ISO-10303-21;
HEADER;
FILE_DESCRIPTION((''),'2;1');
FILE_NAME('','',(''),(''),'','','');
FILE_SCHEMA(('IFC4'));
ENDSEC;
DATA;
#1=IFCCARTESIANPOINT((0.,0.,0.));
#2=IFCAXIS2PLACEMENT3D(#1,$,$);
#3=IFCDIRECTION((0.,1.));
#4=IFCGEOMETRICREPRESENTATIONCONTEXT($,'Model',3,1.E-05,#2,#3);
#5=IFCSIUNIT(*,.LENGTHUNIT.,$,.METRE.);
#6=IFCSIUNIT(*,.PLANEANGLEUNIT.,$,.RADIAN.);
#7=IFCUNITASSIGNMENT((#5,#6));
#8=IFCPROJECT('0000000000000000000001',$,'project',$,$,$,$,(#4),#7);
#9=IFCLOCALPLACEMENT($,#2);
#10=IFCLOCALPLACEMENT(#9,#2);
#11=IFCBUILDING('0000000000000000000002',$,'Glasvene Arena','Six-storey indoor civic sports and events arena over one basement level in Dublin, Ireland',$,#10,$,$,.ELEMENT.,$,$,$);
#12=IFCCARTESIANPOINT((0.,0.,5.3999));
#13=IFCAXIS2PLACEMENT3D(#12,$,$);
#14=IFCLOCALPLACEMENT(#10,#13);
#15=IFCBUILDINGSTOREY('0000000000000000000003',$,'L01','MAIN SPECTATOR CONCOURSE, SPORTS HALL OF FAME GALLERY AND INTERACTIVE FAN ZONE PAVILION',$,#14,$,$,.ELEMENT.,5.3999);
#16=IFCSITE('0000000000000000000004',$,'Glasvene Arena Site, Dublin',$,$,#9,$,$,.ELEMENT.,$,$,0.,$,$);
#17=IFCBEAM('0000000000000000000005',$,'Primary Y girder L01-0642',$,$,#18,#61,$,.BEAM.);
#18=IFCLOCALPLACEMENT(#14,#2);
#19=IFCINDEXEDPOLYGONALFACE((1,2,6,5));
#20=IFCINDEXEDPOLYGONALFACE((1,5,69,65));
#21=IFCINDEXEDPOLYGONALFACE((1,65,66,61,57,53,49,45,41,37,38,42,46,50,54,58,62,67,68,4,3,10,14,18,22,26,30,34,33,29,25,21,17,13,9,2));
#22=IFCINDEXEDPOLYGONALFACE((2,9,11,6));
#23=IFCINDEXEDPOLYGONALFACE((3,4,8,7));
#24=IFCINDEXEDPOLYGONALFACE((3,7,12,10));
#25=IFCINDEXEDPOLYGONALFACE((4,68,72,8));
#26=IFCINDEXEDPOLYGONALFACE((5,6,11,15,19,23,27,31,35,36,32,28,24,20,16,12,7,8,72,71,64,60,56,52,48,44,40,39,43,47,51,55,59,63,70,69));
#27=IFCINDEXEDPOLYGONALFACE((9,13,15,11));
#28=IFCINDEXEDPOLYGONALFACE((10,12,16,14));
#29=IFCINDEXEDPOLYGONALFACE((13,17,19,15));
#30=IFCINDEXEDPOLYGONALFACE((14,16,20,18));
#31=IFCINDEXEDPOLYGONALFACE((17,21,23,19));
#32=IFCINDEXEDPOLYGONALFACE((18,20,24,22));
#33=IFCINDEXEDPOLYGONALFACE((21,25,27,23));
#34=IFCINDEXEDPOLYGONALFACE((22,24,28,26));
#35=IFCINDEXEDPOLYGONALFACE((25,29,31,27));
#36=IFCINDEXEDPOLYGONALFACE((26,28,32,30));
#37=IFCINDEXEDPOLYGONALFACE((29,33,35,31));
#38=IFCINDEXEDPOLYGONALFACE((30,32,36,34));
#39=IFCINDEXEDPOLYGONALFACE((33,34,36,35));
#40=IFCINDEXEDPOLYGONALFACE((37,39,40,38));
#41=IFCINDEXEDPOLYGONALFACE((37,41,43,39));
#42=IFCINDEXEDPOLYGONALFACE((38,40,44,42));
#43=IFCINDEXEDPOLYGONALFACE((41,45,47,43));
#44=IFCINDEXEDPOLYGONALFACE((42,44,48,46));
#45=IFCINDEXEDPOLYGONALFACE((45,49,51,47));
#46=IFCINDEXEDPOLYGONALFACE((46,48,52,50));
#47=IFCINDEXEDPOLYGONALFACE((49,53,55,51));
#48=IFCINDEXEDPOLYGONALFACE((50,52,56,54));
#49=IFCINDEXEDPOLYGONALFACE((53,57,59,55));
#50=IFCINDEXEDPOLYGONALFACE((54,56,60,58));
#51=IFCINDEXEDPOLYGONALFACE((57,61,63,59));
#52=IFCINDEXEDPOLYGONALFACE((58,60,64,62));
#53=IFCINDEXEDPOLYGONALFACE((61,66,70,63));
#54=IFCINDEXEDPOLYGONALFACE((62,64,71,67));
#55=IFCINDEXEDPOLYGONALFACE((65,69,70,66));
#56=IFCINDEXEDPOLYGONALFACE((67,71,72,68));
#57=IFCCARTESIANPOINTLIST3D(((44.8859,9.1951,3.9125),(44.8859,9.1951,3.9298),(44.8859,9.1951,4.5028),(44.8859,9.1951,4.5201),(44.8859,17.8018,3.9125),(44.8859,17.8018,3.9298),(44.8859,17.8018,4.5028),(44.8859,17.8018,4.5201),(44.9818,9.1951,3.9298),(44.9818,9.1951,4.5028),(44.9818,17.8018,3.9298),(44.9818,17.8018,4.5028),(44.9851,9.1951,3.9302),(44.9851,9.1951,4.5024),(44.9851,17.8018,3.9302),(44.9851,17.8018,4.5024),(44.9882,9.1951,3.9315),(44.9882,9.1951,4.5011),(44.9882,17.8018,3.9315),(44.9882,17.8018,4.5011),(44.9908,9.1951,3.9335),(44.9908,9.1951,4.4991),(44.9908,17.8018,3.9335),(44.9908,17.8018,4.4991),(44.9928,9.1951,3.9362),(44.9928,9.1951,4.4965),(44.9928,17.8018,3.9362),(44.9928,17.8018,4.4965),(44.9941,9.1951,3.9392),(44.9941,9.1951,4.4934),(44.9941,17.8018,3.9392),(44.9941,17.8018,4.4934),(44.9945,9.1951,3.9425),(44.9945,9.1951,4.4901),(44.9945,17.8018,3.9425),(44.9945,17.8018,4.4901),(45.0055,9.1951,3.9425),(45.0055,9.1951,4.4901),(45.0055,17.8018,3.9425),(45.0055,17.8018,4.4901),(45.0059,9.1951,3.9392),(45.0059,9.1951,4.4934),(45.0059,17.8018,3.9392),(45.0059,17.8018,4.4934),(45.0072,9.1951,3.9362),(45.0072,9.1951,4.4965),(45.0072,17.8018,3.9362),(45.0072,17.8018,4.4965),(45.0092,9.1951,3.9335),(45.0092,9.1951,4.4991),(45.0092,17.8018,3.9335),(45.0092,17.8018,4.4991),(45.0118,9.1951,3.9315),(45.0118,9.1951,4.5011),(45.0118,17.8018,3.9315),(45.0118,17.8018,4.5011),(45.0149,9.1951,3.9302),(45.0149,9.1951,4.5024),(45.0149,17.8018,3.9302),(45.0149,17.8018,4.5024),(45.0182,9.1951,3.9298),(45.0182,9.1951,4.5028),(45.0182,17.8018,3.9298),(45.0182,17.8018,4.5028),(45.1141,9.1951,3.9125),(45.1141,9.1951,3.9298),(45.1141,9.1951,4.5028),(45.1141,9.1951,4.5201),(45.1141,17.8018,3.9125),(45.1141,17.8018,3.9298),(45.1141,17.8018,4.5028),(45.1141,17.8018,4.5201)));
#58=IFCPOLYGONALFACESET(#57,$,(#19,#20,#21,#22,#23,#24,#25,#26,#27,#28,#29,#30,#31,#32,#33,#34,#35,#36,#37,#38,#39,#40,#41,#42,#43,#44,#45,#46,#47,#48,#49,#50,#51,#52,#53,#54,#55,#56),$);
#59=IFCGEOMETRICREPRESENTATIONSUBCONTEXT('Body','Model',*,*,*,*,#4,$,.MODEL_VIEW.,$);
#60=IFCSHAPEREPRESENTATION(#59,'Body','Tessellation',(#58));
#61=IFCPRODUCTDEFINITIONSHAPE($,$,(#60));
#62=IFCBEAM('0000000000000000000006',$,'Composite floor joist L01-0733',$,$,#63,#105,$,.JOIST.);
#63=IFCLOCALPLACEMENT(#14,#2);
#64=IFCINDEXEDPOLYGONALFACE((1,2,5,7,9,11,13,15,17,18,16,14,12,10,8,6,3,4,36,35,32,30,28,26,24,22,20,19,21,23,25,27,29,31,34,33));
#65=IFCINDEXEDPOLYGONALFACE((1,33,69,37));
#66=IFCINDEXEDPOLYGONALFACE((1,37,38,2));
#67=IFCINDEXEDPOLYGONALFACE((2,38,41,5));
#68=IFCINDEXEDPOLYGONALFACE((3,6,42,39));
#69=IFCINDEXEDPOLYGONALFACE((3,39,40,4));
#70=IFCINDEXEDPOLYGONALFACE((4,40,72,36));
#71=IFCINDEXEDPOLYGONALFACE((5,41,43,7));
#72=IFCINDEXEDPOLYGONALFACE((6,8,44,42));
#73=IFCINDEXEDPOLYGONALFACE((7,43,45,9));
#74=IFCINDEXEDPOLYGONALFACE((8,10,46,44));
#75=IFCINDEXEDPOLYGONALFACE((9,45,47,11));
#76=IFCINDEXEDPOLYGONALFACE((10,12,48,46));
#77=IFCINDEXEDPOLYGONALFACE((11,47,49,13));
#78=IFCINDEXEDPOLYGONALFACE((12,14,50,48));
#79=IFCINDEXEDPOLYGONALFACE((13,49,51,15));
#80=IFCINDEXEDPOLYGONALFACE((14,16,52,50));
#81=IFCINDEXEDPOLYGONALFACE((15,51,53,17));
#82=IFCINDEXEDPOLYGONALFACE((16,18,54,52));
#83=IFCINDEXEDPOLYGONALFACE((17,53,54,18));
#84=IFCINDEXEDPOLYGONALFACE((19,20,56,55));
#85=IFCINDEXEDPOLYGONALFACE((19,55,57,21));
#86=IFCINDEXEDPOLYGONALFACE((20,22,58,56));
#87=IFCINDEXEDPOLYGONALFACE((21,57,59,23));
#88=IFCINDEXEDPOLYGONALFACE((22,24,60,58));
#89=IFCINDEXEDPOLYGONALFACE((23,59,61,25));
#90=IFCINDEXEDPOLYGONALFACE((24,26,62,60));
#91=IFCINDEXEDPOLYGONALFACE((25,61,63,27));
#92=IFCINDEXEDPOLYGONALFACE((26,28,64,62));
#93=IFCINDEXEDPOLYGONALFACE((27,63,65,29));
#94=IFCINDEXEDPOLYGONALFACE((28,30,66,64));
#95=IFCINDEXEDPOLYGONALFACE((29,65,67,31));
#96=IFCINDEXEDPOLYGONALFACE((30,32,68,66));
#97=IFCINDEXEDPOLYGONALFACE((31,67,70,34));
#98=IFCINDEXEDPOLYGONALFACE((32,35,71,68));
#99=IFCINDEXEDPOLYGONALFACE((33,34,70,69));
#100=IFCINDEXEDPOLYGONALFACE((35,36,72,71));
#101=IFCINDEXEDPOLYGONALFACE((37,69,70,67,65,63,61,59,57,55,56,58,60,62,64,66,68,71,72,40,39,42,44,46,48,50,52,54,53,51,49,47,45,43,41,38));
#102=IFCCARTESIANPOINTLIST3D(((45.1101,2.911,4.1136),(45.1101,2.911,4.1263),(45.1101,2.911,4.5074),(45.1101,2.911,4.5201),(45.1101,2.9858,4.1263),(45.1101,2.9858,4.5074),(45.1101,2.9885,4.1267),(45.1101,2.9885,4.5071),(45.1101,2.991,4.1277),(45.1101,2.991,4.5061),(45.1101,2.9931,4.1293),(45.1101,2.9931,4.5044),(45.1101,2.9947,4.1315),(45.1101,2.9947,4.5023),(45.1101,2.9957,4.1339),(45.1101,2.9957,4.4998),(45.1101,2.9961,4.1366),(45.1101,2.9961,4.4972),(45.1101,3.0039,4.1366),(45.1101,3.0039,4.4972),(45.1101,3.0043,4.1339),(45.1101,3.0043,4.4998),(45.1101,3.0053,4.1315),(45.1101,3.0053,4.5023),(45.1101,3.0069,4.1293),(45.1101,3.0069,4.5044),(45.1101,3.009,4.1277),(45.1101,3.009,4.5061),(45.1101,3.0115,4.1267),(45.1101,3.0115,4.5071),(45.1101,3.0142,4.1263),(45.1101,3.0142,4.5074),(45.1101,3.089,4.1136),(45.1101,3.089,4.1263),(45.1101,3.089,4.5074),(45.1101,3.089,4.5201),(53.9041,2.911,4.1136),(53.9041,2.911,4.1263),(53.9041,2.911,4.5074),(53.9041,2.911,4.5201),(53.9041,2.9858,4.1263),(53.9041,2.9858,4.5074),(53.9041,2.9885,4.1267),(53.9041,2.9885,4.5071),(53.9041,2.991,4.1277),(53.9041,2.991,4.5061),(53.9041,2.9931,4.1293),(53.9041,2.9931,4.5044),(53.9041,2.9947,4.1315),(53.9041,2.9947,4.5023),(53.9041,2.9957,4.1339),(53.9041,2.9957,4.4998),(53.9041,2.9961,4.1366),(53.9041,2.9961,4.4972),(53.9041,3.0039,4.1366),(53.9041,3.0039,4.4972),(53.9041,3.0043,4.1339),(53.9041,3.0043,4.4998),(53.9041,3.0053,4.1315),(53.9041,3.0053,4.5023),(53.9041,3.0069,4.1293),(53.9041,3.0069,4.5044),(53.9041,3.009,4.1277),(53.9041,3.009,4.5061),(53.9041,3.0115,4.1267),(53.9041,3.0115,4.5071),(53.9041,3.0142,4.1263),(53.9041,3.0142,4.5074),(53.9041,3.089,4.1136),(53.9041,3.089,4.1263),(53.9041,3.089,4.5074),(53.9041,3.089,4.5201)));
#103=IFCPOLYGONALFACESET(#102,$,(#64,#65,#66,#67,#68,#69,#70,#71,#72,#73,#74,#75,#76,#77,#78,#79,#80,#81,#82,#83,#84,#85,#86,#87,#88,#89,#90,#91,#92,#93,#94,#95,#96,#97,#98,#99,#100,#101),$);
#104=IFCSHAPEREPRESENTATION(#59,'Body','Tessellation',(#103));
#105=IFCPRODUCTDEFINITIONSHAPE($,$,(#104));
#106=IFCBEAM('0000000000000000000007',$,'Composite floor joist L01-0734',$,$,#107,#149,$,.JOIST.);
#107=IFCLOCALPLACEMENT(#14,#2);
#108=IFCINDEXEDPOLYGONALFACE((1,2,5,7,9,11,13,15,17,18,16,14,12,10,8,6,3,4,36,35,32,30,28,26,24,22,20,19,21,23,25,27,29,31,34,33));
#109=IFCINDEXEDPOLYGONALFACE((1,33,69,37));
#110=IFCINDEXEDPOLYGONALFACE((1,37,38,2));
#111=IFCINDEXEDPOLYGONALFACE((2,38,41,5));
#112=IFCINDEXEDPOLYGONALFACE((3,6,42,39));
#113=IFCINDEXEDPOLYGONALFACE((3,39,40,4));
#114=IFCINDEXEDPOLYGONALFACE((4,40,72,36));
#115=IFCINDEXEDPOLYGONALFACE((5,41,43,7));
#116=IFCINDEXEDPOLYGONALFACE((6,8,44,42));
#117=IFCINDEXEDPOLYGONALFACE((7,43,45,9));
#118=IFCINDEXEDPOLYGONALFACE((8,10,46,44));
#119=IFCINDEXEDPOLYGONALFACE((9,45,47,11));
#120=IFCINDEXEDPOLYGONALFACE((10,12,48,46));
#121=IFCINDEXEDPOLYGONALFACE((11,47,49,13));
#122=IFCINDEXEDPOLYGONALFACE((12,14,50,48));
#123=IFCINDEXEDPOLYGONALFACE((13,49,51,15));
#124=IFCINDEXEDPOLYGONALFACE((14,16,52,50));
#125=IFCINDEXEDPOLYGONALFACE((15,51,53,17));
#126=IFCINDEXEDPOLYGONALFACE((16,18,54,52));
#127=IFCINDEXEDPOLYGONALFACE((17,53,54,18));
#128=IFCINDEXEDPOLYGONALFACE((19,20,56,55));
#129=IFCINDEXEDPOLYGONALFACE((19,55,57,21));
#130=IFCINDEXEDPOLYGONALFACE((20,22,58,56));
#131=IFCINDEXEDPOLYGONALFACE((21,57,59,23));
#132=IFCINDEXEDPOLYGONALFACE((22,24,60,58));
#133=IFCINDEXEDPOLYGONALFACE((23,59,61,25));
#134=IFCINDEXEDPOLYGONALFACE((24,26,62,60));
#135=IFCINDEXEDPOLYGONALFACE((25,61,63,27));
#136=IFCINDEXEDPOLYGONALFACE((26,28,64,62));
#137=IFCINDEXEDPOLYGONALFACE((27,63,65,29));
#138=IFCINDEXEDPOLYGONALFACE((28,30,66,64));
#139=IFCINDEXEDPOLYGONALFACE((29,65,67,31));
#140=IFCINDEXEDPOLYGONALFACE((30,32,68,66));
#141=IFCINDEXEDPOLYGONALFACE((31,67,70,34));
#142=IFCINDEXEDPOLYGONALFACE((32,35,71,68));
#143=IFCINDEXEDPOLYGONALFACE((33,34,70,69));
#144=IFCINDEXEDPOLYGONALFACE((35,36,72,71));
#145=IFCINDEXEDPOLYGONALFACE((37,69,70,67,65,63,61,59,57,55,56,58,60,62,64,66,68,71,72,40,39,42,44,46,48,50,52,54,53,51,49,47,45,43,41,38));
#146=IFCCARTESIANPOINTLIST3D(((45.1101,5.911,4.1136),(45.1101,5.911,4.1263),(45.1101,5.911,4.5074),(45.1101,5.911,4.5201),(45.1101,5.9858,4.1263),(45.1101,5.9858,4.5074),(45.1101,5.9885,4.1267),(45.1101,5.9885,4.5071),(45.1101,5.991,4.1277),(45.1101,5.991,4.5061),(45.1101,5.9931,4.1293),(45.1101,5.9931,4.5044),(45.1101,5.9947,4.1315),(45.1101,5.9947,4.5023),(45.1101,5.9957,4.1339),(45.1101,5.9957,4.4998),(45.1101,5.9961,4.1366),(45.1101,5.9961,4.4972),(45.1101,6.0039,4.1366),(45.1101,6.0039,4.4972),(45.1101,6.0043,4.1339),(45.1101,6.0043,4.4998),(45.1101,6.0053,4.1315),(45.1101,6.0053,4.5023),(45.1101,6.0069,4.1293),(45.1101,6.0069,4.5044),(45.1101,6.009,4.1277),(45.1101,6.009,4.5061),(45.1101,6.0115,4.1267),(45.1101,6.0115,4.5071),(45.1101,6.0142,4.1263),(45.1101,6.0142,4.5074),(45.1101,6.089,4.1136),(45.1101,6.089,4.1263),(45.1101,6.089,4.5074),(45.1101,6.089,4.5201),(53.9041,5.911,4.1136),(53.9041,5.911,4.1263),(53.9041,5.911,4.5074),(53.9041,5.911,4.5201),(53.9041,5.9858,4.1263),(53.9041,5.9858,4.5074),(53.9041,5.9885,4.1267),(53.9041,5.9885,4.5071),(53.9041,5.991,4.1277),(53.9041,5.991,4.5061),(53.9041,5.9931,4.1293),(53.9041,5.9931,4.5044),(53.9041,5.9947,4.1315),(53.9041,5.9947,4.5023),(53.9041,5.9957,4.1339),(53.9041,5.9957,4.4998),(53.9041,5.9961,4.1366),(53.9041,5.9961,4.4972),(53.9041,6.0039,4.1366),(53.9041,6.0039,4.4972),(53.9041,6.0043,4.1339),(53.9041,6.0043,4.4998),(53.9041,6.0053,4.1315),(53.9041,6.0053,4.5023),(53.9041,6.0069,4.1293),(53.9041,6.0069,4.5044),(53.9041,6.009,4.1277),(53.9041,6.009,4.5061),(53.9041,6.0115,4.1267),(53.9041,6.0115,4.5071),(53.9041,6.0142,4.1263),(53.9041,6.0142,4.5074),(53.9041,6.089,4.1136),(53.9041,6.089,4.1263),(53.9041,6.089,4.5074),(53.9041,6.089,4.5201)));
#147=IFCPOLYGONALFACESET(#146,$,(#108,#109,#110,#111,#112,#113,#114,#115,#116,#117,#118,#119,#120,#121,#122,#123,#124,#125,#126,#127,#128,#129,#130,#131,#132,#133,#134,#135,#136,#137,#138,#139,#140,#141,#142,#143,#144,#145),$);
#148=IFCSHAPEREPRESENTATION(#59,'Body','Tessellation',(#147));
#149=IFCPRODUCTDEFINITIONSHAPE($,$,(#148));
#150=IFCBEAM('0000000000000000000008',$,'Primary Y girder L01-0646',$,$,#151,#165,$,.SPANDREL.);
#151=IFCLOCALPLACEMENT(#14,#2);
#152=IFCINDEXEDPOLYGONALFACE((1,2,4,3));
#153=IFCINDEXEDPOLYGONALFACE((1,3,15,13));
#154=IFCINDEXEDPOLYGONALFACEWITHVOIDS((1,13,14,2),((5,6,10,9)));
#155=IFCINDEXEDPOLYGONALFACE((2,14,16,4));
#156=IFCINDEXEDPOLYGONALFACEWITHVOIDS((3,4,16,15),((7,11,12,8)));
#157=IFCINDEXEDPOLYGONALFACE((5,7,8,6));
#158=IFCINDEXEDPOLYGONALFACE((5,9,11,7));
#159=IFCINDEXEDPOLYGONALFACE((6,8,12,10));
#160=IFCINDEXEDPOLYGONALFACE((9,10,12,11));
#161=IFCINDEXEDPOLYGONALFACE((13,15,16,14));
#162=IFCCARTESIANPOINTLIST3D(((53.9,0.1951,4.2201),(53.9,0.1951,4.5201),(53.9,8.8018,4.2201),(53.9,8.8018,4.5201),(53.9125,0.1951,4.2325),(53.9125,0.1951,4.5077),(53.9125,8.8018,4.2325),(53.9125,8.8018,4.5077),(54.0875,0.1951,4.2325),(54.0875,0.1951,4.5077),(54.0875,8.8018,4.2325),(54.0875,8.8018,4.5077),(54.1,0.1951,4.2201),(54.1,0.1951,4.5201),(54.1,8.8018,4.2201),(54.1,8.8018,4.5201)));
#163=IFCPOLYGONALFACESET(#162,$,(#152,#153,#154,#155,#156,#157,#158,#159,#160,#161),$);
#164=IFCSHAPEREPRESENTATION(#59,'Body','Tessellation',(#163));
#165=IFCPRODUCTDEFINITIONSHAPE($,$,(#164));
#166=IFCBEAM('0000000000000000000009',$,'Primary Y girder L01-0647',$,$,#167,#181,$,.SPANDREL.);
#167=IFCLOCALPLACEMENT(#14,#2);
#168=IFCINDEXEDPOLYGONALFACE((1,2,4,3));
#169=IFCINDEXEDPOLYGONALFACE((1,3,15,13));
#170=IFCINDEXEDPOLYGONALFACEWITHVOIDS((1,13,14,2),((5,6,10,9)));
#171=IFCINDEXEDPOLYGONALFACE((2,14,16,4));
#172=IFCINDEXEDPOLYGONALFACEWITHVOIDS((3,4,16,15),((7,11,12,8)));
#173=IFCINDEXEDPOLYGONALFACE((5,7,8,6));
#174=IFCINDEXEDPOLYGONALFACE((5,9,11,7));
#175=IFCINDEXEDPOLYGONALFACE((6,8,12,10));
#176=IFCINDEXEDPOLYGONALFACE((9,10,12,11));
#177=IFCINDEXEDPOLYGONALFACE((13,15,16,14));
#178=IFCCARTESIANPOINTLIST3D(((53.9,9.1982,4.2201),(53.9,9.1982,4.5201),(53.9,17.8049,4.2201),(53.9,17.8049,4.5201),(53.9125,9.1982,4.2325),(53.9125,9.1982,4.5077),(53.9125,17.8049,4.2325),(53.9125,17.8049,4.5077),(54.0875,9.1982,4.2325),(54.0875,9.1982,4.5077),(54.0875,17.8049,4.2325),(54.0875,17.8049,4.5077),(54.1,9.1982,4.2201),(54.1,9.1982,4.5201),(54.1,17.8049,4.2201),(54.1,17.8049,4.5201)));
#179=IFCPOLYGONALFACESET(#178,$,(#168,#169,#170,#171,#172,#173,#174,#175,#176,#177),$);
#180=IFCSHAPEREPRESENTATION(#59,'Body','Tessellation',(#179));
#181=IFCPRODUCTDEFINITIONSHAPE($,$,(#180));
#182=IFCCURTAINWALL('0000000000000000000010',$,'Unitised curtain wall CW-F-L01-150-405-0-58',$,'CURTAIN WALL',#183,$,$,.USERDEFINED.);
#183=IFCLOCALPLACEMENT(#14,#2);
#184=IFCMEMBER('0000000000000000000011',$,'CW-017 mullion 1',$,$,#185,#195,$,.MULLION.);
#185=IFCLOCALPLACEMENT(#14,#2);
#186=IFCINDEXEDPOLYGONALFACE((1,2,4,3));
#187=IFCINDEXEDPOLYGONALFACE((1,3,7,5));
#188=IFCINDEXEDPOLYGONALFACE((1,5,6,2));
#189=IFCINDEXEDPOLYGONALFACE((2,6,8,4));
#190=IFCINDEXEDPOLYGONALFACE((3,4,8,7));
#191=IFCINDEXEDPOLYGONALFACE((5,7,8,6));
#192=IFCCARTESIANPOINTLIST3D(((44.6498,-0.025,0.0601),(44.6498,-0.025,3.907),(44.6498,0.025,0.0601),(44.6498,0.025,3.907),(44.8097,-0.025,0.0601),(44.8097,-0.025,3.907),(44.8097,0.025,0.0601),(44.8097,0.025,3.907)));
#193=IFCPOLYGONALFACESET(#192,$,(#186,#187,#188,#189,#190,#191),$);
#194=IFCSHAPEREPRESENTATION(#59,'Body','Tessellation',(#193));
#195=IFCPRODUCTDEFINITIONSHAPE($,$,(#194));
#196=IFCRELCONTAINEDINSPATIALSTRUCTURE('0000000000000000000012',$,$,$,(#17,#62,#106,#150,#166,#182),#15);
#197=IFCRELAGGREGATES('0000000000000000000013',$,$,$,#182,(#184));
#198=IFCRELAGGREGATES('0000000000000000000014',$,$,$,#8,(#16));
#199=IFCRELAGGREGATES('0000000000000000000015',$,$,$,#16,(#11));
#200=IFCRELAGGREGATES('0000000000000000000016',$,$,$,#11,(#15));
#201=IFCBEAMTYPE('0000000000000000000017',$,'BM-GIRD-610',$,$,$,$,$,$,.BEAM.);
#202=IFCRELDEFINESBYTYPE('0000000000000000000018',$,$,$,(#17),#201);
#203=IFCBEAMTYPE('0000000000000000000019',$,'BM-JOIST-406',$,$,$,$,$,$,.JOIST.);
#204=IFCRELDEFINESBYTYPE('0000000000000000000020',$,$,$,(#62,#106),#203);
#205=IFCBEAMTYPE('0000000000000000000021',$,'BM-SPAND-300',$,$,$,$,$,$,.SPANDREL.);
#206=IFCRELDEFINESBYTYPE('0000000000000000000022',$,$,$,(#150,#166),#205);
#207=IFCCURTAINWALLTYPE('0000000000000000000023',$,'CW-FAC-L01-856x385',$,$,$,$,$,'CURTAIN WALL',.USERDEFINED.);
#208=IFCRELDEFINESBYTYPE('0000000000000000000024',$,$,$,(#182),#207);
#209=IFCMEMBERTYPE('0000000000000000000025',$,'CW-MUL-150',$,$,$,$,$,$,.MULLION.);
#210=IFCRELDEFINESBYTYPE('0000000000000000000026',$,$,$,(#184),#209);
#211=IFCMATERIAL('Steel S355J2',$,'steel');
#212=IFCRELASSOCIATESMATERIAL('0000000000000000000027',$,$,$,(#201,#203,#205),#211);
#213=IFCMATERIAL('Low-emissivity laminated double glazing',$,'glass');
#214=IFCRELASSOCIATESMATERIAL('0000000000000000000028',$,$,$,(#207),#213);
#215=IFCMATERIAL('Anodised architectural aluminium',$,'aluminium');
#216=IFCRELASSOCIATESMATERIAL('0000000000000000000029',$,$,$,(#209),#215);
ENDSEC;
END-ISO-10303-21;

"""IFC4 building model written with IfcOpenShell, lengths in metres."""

from ifc_helpers import new_model, si_unit, direction, frame, origin, origin_2d, place, context, subcontext, project, spatial, rectangle, hollow_rectangle, i_section, extrude, material, material_profile, profile_set, type_object, element, aggregate, save


model = new_model("IFC4")

# Units and contexts
model_context = context("Model", 3, precision=1e-05, world=origin(), true_north=direction((0.0, 1.0)))
body_context = subcontext(model_context, "Body", "Model", "MODEL_VIEW")
ifc_project = project(units=[si_unit("LENGTHUNIT", "METRE"), si_unit("PLANEANGLEUNIT", "RADIAN")], contexts=[model_context])

# Site, building, storey
site_placement = place(None, origin())
site = spatial("IfcSite", under=ifc_project, at=site_placement, Name="Glasvene Arena Site, Dublin", CompositionType="ELEMENT", RefElevation=0.0)
building_placement = place(site_placement, origin())
building = spatial("IfcBuilding", under=site, at=building_placement, Name="Glasvene Arena", Description="Six-storey indoor civic sports and events arena over one basement level in Dublin, Ireland", CompositionType="ELEMENT")
storey_placement = place(building_placement, frame((0.0, 0.0, 5.3999)))
storey = spatial("IfcBuildingStorey", under=building, at=storey_placement, Name="L01", Description="MAIN SPECTATOR CONCOURSE, SPORTS HALL OF FAME GALLERY AND INTERACTIVE FAN ZONE PAVILION", CompositionType="ELEMENT", Elevation=5.3999)

# Shared definitions
ifc_material_1 = material(Name="Steel S355J2", Category="steel")

# Beams
ifc_material_profile_1 = material_profile(ifc_material_1, i_section(OverallWidth=0.2283, OverallDepth=0.6077, WebThickness=0.011, FlangeThickness=0.0173, FilletRadius=0.0127, at=origin_2d()), Name="UKB 610x229x113")
ifc_profile_set_1 = profile_set([ifc_material_profile_1], Name="Steel S355J2")
beam_type_1 = type_object("IfcBeamType", Name="BM-GIRD-610", PredefinedType="BEAM", material=ifc_profile_set_1)
for number, where, z_axis, x_axis, name in (
    (1, (45.0, 9.1951, 4.2163), (0.0, 1.0, 0.0), (-1.0, 0.0, 0.0), "Primary Y girder L01-0642"),
):
    element("IfcBeam", number, at=place(storey_placement, frame(where, z_axis=z_axis, x_axis=x_axis)), inside=storey, type_object=beam_type_1, Name=name, PredefinedType="BEAM", context=body_context, shape_type="SweptSolid", body=[
        extrude(i_section(OverallWidth=0.2283, OverallDepth=0.6077, WebThickness=0.011, FlangeThickness=0.0173, FilletRadius=0.0127, at=origin_2d()), origin(), (0.0, 0.0, 1.0), 8.6067),
    ])
ifc_material_profile_2 = material_profile(ifc_material_1, i_section(OverallWidth=0.178, OverallDepth=0.4065, WebThickness=0.0078, FlangeThickness=0.0127, FilletRadius=0.0103, at=origin_2d()), Name="UKB 406x178x60")
ifc_profile_set_2 = profile_set([ifc_material_profile_2], Name="Steel S355J2")
beam_type_2 = type_object("IfcBeamType", Name="BM-JOIST-406", PredefinedType="JOIST", material=ifc_profile_set_2)
for number, where, z_axis, x_axis, name in (
    (2, (45.1101, 3.0, 4.3169), (1.0, 0.0, 0.0), (0.0, 1.0, 0.0), "Composite floor joist L01-0733"),
    (3, (45.1101, 6.0, 4.3169), (1.0, 0.0, 0.0), (0.0, 1.0, 0.0), "Composite floor joist L01-0734"),
):
    element("IfcBeam", number, at=place(storey_placement, frame(where, z_axis=z_axis, x_axis=x_axis)), inside=storey, type_object=beam_type_2, Name=name, PredefinedType="JOIST", context=body_context, shape_type="SweptSolid", body=[
        extrude(i_section(OverallWidth=0.178, OverallDepth=0.4065, WebThickness=0.0078, FlangeThickness=0.0127, FilletRadius=0.0103, at=origin_2d()), origin(), (0.0, 0.0, 1.0), 8.7939),
    ])
ifc_material_profile_3 = material_profile(ifc_material_1, hollow_rectangle(XDim=0.2, YDim=0.3, WallThickness=0.0125, at=origin_2d()), Name="RHS 300x200x12.5")
ifc_profile_set_3 = profile_set([ifc_material_profile_3], Name="Steel S355J2")
beam_type_3 = type_object("IfcBeamType", Name="BM-SPAND-300", PredefinedType="SPANDREL", material=ifc_profile_set_3)
for number, where, z_axis, x_axis, name in (
    (4, (54.0, 0.1951, 4.3701), (0.0, 1.0, 0.0), (-1.0, 0.0, 0.0), "Primary Y girder L01-0646"),
    (5, (54.0, 9.1982, 4.3701), (0.0, 1.0, 0.0), (-1.0, 0.0, 0.0), "Primary Y girder L01-0647"),
):
    element("IfcBeam", number, at=place(storey_placement, frame(where, z_axis=z_axis, x_axis=x_axis)), inside=storey, type_object=beam_type_3, Name=name, PredefinedType="SPANDREL", context=body_context, shape_type="SweptSolid", body=[
        extrude(hollow_rectangle(XDim=0.2, YDim=0.3, WallThickness=0.0125, at=origin_2d()), origin(), (0.0, 0.0, 1.0), 8.6067),
    ])

# Curtain wall, member
ifc_material_2 = material(Name="Low-emissivity laminated double glazing", Category="glass")
curtain_wall_type_1 = type_object("IfcCurtainWallType", Name="CW-FAC-L01-856x385", ElementType="CURTAIN WALL", PredefinedType="USERDEFINED", material=ifc_material_2)
curtain_wall_1_placement = place(storey_placement, frame((44.7549, 0.0, 0.0)))
curtain_wall_1 = element("IfcCurtainWall", 6, at=curtain_wall_1_placement, inside=storey, type_object=curtain_wall_type_1, Name="Unitised curtain wall CW-F-L01-150-405-0-58", ObjectType="CURTAIN WALL", PredefinedType="USERDEFINED")
ifc_material_3 = material(Name="Anodised architectural aluminium", Category="aluminium")
ifc_material_profile_4 = material_profile(ifc_material_3, rectangle(XDim=0.05, YDim=0.1599, at=origin_2d()), Name="ALU MULLION 50x160")
ifc_profile_set_4 = profile_set([ifc_material_profile_4], Name="Anodised architectural aluminium")
member_type_1 = type_object("IfcMemberType", Name="CW-MUL-150", PredefinedType="MULLION", material=ifc_profile_set_4)
member_1_placement = place(storey_placement, frame((44.7297, 0.0, 0.0601), z_axis=(0.0, 0.0, 1.0), x_axis=(0.0, -1.0, 0.0)))
member_1 = element("IfcMember", 7, at=member_1_placement, type_object=member_type_1, Name="CW-017 mullion 1", PredefinedType="MULLION", context=body_context, shape_type="SweptSolid", body=[
    extrude(rectangle(XDim=0.05, YDim=0.1599, at=origin_2d()), origin(), (0.0, 0.0, 1.0), 3.8469),
])

aggregate(curtain_wall_1, [member_1])

save(model, "model.ifc")
